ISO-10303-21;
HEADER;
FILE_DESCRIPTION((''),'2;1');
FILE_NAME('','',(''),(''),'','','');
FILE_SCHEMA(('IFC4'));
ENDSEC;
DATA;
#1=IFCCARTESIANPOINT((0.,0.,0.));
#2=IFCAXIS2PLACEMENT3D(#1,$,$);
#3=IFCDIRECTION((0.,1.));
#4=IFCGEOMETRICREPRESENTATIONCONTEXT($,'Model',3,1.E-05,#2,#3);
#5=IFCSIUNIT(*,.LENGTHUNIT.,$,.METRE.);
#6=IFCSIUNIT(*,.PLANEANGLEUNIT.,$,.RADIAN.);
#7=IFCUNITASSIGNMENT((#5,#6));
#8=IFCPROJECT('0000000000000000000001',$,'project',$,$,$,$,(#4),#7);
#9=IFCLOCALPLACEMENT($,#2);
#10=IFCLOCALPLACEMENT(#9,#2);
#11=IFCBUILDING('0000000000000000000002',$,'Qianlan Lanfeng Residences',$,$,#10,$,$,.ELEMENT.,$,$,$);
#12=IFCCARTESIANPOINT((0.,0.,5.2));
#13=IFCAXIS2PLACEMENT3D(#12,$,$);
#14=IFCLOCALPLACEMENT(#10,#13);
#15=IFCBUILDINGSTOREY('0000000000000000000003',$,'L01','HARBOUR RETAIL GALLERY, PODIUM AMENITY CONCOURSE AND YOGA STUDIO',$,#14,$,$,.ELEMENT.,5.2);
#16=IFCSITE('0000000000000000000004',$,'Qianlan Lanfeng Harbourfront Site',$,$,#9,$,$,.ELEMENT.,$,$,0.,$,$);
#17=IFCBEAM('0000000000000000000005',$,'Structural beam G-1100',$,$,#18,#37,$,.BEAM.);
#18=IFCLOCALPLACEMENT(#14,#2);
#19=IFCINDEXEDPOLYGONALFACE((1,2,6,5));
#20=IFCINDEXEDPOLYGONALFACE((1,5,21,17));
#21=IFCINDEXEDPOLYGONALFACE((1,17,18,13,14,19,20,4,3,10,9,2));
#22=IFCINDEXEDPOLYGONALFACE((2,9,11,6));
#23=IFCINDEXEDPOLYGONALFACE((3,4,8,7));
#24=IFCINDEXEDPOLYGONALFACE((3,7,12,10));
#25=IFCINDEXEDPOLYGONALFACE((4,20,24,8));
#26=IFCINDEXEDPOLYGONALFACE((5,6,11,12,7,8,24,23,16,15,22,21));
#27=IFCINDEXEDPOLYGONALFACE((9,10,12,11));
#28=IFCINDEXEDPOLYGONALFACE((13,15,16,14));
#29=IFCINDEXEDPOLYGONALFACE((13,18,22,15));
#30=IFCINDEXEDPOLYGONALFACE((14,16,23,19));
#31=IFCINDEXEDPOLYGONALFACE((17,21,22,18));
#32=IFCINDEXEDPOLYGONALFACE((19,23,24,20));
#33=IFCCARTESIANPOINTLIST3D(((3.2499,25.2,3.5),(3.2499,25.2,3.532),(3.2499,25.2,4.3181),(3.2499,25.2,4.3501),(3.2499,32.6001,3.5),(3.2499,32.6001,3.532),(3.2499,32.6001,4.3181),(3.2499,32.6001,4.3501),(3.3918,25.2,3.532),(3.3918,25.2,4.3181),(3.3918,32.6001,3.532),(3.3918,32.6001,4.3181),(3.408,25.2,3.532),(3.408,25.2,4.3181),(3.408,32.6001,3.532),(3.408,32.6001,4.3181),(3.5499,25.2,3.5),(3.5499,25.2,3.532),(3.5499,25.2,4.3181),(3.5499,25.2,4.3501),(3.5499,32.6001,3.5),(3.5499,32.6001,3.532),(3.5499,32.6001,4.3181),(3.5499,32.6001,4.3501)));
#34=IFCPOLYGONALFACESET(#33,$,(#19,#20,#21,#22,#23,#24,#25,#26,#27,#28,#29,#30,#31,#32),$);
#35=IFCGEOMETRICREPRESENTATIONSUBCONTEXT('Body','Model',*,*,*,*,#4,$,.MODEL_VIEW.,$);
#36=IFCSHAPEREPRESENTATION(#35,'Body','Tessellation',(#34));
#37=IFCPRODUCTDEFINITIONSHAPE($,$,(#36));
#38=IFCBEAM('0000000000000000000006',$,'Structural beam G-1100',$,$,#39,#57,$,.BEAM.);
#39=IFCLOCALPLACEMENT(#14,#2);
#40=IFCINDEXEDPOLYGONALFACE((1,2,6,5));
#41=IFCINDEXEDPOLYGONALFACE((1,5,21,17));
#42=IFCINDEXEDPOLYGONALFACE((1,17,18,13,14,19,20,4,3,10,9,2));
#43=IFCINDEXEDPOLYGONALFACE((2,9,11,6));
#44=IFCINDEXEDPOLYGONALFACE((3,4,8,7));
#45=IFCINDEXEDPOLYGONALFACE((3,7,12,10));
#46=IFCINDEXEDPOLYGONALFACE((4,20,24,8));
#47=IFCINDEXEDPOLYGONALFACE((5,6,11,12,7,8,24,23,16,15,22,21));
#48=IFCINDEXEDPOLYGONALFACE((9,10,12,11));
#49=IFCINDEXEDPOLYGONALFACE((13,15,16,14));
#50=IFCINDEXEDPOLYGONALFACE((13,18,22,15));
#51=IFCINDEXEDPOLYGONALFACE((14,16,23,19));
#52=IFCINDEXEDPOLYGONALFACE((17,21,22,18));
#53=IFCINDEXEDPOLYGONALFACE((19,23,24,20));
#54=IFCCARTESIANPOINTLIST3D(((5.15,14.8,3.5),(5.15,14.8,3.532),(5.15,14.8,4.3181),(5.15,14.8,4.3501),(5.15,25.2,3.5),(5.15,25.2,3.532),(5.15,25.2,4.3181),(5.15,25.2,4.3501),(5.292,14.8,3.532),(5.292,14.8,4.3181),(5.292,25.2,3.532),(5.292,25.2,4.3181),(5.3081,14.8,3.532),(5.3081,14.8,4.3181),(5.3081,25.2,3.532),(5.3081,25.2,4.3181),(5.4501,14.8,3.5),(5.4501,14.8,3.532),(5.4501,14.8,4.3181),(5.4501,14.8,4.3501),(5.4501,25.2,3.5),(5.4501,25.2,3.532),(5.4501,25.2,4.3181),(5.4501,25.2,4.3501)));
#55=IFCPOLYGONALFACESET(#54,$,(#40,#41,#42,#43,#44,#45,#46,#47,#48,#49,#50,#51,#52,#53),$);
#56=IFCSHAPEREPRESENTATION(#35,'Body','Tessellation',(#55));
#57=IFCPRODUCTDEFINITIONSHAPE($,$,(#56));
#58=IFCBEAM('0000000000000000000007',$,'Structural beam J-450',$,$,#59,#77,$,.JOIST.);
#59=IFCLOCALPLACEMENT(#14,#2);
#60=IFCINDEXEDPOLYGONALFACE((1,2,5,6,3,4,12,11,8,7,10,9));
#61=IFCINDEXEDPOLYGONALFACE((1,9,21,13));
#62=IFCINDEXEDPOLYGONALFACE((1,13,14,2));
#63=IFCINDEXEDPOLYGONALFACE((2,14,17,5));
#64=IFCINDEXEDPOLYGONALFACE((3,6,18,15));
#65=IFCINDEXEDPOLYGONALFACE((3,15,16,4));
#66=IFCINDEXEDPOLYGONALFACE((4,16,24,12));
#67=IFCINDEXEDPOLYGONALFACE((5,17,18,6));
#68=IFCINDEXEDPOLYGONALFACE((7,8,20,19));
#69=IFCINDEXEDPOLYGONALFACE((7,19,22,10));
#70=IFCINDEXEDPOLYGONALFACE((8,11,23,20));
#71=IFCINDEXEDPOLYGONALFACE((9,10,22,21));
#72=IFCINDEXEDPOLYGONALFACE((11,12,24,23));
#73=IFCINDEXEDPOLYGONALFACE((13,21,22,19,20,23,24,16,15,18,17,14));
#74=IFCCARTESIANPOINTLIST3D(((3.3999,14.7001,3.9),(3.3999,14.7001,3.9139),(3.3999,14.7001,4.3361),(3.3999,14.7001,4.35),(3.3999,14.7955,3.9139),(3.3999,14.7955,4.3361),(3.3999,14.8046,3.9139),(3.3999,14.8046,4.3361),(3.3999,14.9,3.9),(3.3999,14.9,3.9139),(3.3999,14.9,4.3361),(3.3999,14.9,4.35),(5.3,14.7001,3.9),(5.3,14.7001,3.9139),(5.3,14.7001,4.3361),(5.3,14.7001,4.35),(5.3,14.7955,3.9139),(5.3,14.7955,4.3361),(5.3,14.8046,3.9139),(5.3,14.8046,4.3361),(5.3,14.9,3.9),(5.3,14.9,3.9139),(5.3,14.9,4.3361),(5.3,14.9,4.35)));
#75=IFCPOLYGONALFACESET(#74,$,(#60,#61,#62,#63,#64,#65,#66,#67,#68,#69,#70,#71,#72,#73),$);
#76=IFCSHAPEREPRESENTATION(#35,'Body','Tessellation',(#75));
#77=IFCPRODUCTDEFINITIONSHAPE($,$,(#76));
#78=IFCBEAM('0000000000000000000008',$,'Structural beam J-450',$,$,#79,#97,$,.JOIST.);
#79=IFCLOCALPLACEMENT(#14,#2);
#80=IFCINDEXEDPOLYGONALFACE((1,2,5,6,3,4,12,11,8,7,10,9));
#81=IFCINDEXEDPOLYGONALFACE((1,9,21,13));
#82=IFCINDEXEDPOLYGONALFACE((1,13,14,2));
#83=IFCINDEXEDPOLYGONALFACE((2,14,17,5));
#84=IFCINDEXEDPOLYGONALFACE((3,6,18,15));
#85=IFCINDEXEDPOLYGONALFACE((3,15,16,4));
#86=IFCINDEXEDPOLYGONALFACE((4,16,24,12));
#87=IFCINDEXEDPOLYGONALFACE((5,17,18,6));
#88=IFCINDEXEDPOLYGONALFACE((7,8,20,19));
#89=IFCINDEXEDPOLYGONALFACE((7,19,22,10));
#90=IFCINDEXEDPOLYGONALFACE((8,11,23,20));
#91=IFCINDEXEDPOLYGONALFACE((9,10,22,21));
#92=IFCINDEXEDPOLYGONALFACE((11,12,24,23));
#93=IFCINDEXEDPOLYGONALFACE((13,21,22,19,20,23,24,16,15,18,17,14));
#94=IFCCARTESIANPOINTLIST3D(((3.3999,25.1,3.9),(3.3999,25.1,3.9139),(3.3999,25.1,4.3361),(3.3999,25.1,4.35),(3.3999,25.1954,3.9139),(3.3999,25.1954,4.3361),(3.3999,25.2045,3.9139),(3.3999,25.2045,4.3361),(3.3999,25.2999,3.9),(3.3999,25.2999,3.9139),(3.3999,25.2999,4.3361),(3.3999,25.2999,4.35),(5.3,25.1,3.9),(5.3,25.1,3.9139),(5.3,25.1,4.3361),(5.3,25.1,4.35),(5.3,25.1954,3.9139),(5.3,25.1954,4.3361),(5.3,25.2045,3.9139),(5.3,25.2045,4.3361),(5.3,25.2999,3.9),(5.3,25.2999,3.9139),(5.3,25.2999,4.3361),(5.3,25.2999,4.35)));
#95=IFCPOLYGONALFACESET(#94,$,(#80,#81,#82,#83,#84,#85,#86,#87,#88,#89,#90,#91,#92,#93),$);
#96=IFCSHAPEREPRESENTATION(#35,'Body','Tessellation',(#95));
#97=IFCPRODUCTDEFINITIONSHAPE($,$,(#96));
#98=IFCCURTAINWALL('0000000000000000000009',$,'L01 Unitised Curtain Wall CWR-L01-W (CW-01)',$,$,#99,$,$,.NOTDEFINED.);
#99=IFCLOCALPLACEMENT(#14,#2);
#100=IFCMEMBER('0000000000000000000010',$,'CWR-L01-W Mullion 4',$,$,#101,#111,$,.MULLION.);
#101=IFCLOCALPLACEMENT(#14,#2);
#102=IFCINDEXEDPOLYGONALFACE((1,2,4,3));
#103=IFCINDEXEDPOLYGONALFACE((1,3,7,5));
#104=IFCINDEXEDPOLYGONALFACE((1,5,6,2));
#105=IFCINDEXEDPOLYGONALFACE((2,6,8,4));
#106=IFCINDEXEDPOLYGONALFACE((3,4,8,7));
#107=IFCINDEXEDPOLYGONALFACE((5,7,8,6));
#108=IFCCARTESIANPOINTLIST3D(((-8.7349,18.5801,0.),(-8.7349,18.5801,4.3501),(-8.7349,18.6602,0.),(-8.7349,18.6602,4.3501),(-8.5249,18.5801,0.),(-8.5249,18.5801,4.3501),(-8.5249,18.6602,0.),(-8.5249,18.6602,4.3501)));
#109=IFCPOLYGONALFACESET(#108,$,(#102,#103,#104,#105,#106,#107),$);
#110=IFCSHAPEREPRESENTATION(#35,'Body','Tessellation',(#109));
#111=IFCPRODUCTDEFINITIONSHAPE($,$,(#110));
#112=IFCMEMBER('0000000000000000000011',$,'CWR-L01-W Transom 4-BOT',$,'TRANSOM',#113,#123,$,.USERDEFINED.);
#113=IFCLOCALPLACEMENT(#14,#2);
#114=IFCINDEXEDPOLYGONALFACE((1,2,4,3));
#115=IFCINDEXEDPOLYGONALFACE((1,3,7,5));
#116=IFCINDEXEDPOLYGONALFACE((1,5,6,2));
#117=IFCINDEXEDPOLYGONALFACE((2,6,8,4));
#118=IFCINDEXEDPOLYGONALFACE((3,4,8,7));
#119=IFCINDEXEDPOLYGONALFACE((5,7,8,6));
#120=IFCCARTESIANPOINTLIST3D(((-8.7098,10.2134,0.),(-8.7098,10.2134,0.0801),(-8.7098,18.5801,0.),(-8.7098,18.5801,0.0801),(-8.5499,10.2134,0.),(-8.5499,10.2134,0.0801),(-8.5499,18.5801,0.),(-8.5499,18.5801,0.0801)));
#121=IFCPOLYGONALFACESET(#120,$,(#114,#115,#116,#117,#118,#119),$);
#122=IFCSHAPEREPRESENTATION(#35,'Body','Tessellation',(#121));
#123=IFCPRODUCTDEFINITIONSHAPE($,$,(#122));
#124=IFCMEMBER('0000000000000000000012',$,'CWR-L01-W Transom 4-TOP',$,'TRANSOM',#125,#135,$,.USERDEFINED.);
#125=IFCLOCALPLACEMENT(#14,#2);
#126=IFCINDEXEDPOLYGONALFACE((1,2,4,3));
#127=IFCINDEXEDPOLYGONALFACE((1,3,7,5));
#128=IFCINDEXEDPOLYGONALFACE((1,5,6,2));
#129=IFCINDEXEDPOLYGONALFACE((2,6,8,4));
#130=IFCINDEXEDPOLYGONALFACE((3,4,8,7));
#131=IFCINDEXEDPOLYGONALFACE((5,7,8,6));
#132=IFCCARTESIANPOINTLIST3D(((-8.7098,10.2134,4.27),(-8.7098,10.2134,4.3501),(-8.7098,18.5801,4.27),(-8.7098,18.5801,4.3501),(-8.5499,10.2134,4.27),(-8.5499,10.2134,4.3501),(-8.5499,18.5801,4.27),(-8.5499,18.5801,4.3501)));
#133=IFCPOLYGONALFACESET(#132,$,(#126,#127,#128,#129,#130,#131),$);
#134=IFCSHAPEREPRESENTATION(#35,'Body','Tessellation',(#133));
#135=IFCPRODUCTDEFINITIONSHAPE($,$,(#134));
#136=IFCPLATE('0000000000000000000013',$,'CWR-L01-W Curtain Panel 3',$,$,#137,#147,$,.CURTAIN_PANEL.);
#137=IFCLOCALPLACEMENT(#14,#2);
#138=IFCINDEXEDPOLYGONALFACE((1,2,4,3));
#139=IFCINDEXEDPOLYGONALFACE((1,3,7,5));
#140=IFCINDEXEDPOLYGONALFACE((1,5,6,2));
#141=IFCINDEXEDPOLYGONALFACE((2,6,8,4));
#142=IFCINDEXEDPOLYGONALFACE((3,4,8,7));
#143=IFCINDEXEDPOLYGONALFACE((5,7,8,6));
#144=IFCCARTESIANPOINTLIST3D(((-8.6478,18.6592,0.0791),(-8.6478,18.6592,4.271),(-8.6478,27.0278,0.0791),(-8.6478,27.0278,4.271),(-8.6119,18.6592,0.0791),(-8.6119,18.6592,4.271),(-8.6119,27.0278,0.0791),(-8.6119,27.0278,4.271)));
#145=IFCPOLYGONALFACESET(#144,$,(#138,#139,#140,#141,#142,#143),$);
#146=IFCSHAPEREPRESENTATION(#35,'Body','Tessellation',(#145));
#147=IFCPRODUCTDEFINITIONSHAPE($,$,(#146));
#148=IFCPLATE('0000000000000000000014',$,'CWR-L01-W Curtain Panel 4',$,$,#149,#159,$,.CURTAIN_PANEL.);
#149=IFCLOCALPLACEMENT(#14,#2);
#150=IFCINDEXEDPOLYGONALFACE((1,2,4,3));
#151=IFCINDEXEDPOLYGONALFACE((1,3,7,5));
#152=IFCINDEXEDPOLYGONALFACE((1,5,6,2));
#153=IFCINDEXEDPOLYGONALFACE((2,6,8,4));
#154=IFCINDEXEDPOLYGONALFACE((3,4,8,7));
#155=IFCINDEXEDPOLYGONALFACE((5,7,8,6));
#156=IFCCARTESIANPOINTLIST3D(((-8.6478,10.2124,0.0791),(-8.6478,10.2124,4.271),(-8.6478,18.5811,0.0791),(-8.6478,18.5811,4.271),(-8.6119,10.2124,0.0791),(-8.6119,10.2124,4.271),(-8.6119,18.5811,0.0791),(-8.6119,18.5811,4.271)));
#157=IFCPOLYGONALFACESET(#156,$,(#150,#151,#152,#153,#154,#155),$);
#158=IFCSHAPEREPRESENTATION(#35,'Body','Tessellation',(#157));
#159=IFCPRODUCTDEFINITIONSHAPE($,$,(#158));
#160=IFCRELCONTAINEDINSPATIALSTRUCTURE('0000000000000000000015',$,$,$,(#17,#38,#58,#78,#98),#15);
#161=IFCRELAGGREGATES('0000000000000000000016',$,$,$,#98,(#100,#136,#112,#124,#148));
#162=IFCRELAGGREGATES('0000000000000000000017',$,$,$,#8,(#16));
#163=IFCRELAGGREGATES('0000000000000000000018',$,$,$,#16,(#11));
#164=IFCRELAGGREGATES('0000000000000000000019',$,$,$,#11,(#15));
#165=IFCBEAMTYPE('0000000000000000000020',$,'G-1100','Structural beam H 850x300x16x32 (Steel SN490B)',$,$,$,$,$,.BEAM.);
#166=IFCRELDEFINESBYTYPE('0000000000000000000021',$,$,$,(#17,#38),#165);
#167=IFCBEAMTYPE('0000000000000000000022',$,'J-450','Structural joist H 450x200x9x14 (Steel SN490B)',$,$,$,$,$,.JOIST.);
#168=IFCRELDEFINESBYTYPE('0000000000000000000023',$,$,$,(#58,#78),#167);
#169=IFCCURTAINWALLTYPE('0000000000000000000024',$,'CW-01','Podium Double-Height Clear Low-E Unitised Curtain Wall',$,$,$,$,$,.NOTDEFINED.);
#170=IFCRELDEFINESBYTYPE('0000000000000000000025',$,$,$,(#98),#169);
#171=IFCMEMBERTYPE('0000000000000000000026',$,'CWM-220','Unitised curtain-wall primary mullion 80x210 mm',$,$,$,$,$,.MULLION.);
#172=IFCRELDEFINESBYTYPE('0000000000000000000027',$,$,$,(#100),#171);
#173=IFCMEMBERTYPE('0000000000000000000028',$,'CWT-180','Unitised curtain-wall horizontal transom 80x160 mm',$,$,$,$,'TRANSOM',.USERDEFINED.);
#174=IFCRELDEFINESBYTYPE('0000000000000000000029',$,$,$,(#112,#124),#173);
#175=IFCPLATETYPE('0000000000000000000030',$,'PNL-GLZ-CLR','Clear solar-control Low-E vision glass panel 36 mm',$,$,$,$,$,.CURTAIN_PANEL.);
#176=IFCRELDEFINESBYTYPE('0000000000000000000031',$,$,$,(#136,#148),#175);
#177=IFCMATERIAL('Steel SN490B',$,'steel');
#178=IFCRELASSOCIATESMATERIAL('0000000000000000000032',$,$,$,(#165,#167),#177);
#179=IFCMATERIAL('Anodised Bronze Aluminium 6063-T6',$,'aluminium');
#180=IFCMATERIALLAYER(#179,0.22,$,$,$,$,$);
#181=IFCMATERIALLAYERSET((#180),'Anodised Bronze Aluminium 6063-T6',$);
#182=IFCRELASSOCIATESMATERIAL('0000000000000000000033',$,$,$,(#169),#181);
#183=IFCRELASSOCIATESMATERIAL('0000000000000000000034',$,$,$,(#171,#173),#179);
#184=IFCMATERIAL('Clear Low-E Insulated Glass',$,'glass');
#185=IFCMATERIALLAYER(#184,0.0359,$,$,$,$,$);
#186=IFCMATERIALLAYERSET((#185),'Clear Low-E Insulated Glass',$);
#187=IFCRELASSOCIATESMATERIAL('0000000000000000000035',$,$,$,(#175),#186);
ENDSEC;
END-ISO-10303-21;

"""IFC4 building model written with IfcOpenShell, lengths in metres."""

from ifc_helpers import new_model, si_unit, direction, frame, origin, origin_2d, place, context, subcontext, project, spatial, rectangle, i_section, extrude, source, transform, mapped, material, layer, layer_set, material_profile, profile_set, type_object, element, aggregate, save


model = new_model("IFC4")

# Units and contexts
model_context = context("Model", 3, precision=1e-05, world=origin(), true_north=direction((0.0, 1.0)))
body_context = subcontext(model_context, "Body", "Model", "MODEL_VIEW")
ifc_project = project(units=[si_unit("LENGTHUNIT", "METRE"), si_unit("PLANEANGLEUNIT", "RADIAN")], contexts=[model_context])

# Site, building, storey
site_placement = place(None, origin())
site = spatial("IfcSite", under=ifc_project, at=site_placement, Name="Qianlan Lanfeng Harbourfront Site", CompositionType="ELEMENT", RefElevation=0.0)
building_placement = place(site_placement, origin())
building = spatial("IfcBuilding", under=site, at=building_placement, Name="Qianlan Lanfeng Residences", CompositionType="ELEMENT")
storey_placement = place(building_placement, frame((0.0, 0.0, 5.2)))
storey = spatial("IfcBuildingStorey", under=building, at=storey_placement, Name="L01", Description="HARBOUR RETAIL GALLERY, PODIUM AMENITY CONCOURSE AND YOGA STUDIO", CompositionType="ELEMENT", Elevation=5.2)

# Beams
ifc_material_1 = material(Name="Steel SN490B", Category="steel")
ifc_material_profile_1 = material_profile(ifc_material_1, i_section(OverallWidth=0.3, OverallDepth=0.8501, WebThickness=0.0161, FlangeThickness=0.032, at=origin_2d()), Name="H 850x300x16x32")
ifc_profile_set_1 = profile_set([ifc_material_profile_1], Name="Steel SN490B")
beam_type_1 = type_object("IfcBeamType", Name="G-1100", Description="Structural beam H 850x300x16x32 (Steel SN490B)", PredefinedType="BEAM", material=ifc_profile_set_1)
beam_1_placement = place(storey_placement, frame((3.3999, 25.2, 3.925), z_axis=(0.0, 1.0, 0.0), x_axis=(-1.0, 0.0, 0.0)))
element("IfcBeam", 1, at=beam_1_placement, inside=storey, type_object=beam_type_1, Name="Structural beam G-1100", PredefinedType="BEAM", context=body_context, shape_type="SweptSolid", body=[
    extrude(i_section(OverallWidth=0.3, OverallDepth=0.8501, WebThickness=0.0161, FlangeThickness=0.032, at=origin_2d()), origin(), (0.0, 0.0, 1.0), 7.4001),
])
beam_2_placement = place(storey_placement, frame((5.3, 14.8, 3.925), z_axis=(0.0, 1.0, 0.0), x_axis=(-1.0, 0.0, 0.0)))
element("IfcBeam", 2, at=beam_2_placement, inside=storey, type_object=beam_type_1, Name="Structural beam G-1100", PredefinedType="BEAM", context=body_context, shape_type="SweptSolid", body=[
    extrude(i_section(OverallWidth=0.3, OverallDepth=0.8501, WebThickness=0.0161, FlangeThickness=0.032, at=origin_2d()), origin(), (0.0, 0.0, 1.0), 10.3999),
])
ifc_material_profile_2 = material_profile(ifc_material_1, i_section(OverallWidth=0.2, OverallDepth=0.45, WebThickness=0.009, FlangeThickness=0.0139, at=origin_2d()), Name="H 450x200x9x14")
ifc_profile_set_2 = profile_set([ifc_material_profile_2], Name="Steel SN490B")
beam_type_2 = type_object("IfcBeamType", Name="J-450", Description="Structural joist H 450x200x9x14 (Steel SN490B)", PredefinedType="JOIST", material=ifc_profile_set_2)
for number, where, z_axis, x_axis, name in (
    (3, (3.3999, 14.8, 4.125), (1.0, 0.0, 0.0), (0.0, 1.0, 0.0), "Structural beam J-450"),
    (4, (3.3999, 25.2, 4.125), (1.0, 0.0, 0.0), (0.0, 1.0, 0.0), "Structural beam J-450"),
):
    element("IfcBeam", number, at=place(storey_placement, frame(where, z_axis=z_axis, x_axis=x_axis)), inside=storey, type_object=beam_type_2, Name=name, PredefinedType="JOIST", context=body_context, shape_type="SweptSolid", body=[
        extrude(i_section(OverallWidth=0.2, OverallDepth=0.45, WebThickness=0.009, FlangeThickness=0.0139, at=origin_2d()), origin(), (0.0, 0.0, 1.0), 1.9001),
    ])

# Curtain wall, members, plates
ifc_material_2 = material(Name="Anodised Bronze Aluminium 6063-T6", Category="aluminium")
ifc_layer_1 = layer(ifc_material_2, 0.22)
ifc_layer_set_1 = layer_set([ifc_layer_1], Name="Anodised Bronze Aluminium 6063-T6")
curtain_wall_type = type_object("IfcCurtainWallType", Name="CW-01", Description="Podium Double-Height Clear Low-E Unitised Curtain Wall", PredefinedType="NOTDEFINED", material=ifc_layer_set_1)
curtain_wall_placement = place(storey_placement, origin())
curtain_wall = element("IfcCurtainWall", 5, at=curtain_wall_placement, inside=storey, type_object=curtain_wall_type, Name="L01 Unitised Curtain Wall CWR-L01-W (CW-01)", PredefinedType="NOTDEFINED")
ifc_material_profile_3 = material_profile(ifc_material_2, rectangle(XDim=0.0801, YDim=0.21, at=origin_2d()), Name="ALU MULLION 80x210")
ifc_profile_set_3 = profile_set([ifc_material_profile_3], Name="Anodised Bronze Aluminium 6063-T6")
member_type_1 = type_object("IfcMemberType", Name="CWM-220", Description="Unitised curtain-wall primary mullion 80x210 mm", PredefinedType="MULLION", material=ifc_profile_set_3)
shared_shape_1 = source(origin(), body_context, "Body", "SweptSolid", [
    extrude(rectangle(XDim=0.0801, YDim=0.21, at=origin_2d()), origin(), (0.0, 0.0, 1.0), 4.3501),
])
member_1_placement = place(storey_placement, frame((-8.6299, 18.6201, 0.0), z_axis=(0.0, 0.0, 1.0), x_axis=(0.0, -1.0, 0.0)))
member_1 = element("IfcMember", 6, at=member_1_placement, type_object=member_type_1, Name="CWR-L01-W Mullion 4", PredefinedType="MULLION", context=body_context, shape_type="MappedRepresentation", body=[
    mapped(shared_shape_1, transform((0.0, 0.0, 0.0), scale=1.0)),
])
ifc_material_profile_4 = material_profile(ifc_material_2, rectangle(XDim=0.0801, YDim=0.1599, at=origin_2d()), Name="ALU TRANSOM 80x160")
ifc_profile_set_4 = profile_set([ifc_material_profile_4], Name="Anodised Bronze Aluminium 6063-T6")
member_type_2 = type_object("IfcMemberType", Name="CWT-180", Description="Unitised curtain-wall horizontal transom 80x160 mm", ElementType="TRANSOM", PredefinedType="USERDEFINED", material=ifc_profile_set_4)
shared_shape_2 = source(origin(), body_context, "Body", "SweptSolid", [
    extrude(rectangle(XDim=0.0801, YDim=0.1599, at=origin_2d()), origin(), (0.0, 0.0, 1.0), 8.3667),
])
member_2_placement = place(storey_placement, frame((-8.6299, 18.5801, 0.04), z_axis=(0.0, -1.0, 0.0), x_axis=(0.0, 0.0, 1.0)))
member_2 = element("IfcMember", 7, at=member_2_placement, type_object=member_type_2, Name="CWR-L01-W Transom 4-BOT", ObjectType="TRANSOM", PredefinedType="USERDEFINED", context=body_context, shape_type="MappedRepresentation", body=[
    mapped(shared_shape_2, transform((0.0, 0.0, 0.0), scale=1.0)),
])
member_3_placement = place(storey_placement, frame((-8.6299, 18.5801, 4.3101), z_axis=(0.0, -1.0, 0.0), x_axis=(0.0, 0.0, 1.0)))
member_3 = element("IfcMember", 8, at=member_3_placement, type_object=member_type_2, Name="CWR-L01-W Transom 4-TOP", ObjectType="TRANSOM", PredefinedType="USERDEFINED", context=body_context, shape_type="MappedRepresentation", body=[
    mapped(shared_shape_2, transform((0.0, 0.0, 0.0), scale=1.0)),
])
ifc_material_3 = material(Name="Clear Low-E Insulated Glass", Category="glass")
ifc_layer_2 = layer(ifc_material_3, 0.0359)
ifc_layer_set_2 = layer_set([ifc_layer_2], Name="Clear Low-E Insulated Glass")
plate_type = type_object("IfcPlateType", Name="PNL-GLZ-CLR", Description="Clear solar-control Low-E vision glass panel 36 mm", PredefinedType="CURTAIN_PANEL", material=ifc_layer_set_2)
shared_shape_3 = source(origin(), body_context, "Body", "SweptSolid", [
    extrude(rectangle(XDim=8.3687, YDim=0.0359, at=origin_2d()), origin(), (0.0, 0.0, 1.0), 4.1919),
])
plate_1_placement = place(storey_placement, frame((-8.6299, 22.8435, 0.0791), z_axis=(0.0, 0.0, 1.0), x_axis=(0.0, -1.0, 0.0)))
plate_1 = element("IfcPlate", 9, at=plate_1_placement, type_object=plate_type, Name="CWR-L01-W Curtain Panel 3", PredefinedType="CURTAIN_PANEL", context=body_context, shape_type="MappedRepresentation", body=[
    mapped(shared_shape_3, transform((0.0, 0.0, 0.0), scale=1.0)),
])
plate_2_placement = place(storey_placement, frame((-8.6299, 14.3967, 0.0791), z_axis=(0.0, 0.0, 1.0), x_axis=(0.0, -1.0, 0.0)))
plate_2 = element("IfcPlate", 10, at=plate_2_placement, type_object=plate_type, Name="CWR-L01-W Curtain Panel 4", PredefinedType="CURTAIN_PANEL", context=body_context, shape_type="MappedRepresentation", body=[
    mapped(shared_shape_3, transform((0.0, 0.0, 0.0), scale=1.0)),
])
aggregate(curtain_wall, [member_1, plate_1, member_2, member_3, plate_2])

save(model, "model.ifc")
